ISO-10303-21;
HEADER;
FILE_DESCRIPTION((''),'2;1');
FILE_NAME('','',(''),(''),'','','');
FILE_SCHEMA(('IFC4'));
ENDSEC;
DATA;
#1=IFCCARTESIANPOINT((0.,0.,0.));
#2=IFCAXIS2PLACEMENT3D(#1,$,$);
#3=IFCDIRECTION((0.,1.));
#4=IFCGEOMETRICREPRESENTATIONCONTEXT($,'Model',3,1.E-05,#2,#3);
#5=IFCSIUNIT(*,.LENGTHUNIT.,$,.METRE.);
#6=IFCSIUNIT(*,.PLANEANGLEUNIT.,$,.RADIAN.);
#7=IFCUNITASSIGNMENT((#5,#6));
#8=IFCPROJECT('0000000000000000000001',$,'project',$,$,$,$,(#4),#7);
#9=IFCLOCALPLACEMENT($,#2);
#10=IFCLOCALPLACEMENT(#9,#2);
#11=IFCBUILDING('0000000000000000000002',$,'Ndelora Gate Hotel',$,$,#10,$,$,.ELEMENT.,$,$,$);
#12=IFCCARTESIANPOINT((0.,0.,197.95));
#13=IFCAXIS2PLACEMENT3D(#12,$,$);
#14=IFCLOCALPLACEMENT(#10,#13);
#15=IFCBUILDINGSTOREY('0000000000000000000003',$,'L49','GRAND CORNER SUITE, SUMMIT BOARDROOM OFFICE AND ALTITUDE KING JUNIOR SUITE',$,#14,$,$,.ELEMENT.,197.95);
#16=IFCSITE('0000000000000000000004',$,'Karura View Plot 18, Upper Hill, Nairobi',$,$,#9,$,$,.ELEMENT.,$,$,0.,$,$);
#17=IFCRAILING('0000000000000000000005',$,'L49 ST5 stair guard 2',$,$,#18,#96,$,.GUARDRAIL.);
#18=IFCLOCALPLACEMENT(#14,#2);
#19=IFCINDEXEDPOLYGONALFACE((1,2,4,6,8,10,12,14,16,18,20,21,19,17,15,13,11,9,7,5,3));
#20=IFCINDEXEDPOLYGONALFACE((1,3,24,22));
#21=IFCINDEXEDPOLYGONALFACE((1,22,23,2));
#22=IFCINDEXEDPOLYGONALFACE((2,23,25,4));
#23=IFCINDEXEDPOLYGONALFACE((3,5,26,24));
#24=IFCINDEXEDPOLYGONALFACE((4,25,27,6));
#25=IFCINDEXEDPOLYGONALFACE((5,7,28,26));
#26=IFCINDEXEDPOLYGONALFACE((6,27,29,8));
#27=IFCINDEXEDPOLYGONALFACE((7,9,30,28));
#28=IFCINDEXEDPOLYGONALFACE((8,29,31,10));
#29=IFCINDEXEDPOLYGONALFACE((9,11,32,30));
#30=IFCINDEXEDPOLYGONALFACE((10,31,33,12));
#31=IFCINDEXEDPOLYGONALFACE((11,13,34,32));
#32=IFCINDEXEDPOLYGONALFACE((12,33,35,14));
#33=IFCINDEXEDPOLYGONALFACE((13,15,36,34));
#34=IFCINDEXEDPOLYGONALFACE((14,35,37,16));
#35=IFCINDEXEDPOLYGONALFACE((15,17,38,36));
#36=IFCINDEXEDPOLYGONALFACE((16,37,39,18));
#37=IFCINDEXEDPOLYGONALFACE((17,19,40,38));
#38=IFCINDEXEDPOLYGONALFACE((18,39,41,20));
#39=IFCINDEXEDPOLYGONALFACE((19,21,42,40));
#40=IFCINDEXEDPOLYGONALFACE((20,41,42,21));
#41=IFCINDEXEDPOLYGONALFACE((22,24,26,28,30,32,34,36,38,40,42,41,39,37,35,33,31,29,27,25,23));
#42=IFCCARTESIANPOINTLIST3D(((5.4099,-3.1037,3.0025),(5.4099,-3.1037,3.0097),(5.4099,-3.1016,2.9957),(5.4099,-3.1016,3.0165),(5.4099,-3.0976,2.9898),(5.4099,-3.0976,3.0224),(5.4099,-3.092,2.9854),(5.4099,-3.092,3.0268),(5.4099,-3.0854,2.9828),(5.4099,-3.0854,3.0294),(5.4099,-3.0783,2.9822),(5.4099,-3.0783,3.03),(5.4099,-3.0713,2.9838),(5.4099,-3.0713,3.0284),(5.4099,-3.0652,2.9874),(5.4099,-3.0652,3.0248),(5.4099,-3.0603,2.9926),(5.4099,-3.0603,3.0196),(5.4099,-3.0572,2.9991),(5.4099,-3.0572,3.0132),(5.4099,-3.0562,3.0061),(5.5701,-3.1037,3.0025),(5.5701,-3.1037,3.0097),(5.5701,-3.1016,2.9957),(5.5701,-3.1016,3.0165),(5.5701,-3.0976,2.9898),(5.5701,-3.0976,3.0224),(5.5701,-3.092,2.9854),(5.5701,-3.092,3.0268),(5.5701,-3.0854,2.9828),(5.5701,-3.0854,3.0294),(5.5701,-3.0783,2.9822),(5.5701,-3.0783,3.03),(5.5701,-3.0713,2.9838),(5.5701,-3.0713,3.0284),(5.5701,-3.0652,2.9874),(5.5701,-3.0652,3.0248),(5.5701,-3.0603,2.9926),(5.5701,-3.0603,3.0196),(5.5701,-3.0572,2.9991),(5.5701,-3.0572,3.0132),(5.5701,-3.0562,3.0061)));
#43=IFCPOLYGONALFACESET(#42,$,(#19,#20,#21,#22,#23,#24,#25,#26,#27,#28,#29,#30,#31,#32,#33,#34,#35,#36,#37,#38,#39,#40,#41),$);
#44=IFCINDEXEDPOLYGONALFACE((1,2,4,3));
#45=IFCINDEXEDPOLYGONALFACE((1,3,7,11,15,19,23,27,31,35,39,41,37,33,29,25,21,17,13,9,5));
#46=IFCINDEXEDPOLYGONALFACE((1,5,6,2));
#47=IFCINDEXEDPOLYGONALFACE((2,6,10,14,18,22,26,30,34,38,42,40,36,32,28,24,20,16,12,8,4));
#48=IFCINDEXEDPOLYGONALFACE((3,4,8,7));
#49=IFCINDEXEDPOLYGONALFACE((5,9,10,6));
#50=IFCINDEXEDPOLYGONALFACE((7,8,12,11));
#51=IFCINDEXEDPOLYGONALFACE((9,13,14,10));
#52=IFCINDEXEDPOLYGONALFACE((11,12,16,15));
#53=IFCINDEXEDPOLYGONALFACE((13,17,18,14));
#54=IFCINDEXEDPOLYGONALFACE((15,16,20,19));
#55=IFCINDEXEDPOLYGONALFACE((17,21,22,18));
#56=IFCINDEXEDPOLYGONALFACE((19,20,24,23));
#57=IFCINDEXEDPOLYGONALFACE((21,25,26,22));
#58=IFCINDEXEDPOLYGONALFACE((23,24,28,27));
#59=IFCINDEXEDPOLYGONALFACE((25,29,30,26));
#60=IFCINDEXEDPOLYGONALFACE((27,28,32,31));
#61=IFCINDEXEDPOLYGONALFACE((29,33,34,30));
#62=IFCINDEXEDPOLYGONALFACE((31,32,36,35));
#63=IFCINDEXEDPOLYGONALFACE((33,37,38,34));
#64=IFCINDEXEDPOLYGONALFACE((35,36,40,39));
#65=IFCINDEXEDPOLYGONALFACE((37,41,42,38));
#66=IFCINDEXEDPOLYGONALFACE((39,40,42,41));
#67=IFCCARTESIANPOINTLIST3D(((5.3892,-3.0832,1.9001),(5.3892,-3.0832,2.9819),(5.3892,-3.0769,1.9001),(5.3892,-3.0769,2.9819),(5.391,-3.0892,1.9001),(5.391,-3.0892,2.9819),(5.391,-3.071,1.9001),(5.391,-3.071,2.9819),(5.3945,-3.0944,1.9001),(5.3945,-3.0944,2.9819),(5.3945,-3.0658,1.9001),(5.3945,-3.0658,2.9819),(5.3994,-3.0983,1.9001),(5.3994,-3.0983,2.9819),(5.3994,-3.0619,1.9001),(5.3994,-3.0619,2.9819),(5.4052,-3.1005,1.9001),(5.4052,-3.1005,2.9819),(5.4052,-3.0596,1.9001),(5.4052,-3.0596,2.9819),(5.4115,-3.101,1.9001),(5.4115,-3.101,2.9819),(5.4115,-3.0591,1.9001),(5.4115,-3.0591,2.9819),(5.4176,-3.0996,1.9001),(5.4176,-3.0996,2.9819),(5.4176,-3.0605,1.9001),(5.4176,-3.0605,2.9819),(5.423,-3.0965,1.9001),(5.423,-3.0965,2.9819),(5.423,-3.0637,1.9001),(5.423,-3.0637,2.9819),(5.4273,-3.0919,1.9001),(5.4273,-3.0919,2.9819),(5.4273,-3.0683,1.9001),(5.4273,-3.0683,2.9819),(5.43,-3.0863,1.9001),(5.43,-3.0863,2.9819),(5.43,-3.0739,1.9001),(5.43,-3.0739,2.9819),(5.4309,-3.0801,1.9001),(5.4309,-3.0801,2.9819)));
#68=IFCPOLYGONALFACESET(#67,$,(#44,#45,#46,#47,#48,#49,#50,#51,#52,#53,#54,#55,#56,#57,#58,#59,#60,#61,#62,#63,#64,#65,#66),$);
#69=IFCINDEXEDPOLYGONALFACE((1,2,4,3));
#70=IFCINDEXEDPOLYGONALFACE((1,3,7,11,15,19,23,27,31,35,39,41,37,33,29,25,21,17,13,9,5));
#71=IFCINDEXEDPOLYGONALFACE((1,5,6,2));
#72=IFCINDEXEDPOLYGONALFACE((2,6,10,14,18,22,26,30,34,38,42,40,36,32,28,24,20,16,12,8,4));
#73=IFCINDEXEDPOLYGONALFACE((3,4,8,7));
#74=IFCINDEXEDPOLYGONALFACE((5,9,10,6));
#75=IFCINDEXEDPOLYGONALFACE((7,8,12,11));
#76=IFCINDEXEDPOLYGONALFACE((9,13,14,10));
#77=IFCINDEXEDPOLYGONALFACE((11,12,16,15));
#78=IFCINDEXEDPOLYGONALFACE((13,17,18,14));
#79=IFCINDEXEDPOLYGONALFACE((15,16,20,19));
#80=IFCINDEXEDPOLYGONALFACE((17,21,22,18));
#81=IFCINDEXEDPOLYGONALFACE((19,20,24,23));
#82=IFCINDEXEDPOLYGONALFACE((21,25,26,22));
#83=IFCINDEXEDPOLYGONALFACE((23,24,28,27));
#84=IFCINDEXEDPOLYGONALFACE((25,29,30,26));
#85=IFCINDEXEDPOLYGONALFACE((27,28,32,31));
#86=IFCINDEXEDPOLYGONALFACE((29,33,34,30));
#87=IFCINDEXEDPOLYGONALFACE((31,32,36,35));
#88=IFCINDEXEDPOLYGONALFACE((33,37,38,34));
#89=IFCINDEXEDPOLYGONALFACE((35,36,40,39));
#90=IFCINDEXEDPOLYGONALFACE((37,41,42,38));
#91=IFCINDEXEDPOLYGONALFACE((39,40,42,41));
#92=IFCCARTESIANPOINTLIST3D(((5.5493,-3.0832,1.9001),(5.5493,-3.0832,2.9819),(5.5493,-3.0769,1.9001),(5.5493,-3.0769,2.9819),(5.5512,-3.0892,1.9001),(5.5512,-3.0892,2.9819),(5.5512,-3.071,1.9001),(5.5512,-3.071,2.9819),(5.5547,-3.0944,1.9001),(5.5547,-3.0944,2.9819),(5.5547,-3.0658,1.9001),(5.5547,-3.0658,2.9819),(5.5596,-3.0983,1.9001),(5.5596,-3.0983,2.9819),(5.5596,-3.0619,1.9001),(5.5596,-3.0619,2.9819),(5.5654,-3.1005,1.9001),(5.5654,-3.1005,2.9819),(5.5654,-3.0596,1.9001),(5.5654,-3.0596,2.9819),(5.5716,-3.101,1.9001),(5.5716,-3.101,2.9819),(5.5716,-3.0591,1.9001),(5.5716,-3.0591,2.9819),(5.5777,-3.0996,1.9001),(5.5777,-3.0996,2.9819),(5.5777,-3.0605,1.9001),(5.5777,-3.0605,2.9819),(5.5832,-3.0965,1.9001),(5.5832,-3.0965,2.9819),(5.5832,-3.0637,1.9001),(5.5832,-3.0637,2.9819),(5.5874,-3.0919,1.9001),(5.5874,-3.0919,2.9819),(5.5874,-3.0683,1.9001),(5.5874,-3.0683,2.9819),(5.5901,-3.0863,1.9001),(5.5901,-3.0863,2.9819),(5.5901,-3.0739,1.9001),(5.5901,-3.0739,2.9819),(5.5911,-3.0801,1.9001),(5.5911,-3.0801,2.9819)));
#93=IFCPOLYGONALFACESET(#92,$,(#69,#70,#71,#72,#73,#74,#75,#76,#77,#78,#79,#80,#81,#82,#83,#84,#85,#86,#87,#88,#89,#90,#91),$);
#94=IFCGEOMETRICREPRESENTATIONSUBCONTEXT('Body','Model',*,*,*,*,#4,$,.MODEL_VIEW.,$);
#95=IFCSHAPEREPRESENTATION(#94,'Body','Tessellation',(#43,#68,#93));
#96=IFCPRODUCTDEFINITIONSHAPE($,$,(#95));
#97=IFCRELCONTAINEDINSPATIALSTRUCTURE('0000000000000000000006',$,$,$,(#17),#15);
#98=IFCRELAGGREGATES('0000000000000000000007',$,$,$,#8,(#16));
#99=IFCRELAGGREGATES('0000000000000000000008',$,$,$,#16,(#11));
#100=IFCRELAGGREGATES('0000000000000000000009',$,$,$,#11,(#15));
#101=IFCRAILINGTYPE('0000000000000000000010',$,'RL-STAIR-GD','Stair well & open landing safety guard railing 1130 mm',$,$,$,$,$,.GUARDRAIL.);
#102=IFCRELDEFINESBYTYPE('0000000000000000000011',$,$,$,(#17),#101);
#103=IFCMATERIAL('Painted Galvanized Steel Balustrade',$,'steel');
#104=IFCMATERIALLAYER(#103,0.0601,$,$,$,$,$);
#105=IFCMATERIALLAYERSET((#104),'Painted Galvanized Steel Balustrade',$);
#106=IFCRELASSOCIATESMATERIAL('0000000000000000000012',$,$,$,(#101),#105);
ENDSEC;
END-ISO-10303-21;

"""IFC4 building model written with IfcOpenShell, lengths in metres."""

from ifc_helpers import new_model, si_unit, direction, frame, origin, origin_2d, place, context, subcontext, project, spatial, circle, extrude, material, layer, layer_set, type_object, element, save


model = new_model("IFC4")

# Units and contexts
model_context = context("Model", 3, precision=1e-05, world=origin(), true_north=direction((0.0, 1.0)))
body_context = subcontext(model_context, "Body", "Model", "MODEL_VIEW")
ifc_project = project(units=[si_unit("LENGTHUNIT", "METRE"), si_unit("PLANEANGLEUNIT", "RADIAN")], contexts=[model_context])

# Site, building, storey
site_placement = place(None, origin())
site = spatial("IfcSite", under=ifc_project, at=site_placement, Name="Karura View Plot 18, Upper Hill, Nairobi", CompositionType="ELEMENT", RefElevation=0.0)
building_placement = place(site_placement, origin())
building = spatial("IfcBuilding", under=site, at=building_placement, Name="Ndelora Gate Hotel", CompositionType="ELEMENT")
storey_placement = place(building_placement, frame((0.0, 0.0, 197.95)))
storey = spatial("IfcBuildingStorey", under=building, at=storey_placement, Name="L49", Description="GRAND CORNER SUITE, SUMMIT BOARDROOM OFFICE AND ALTITUDE KING JUNIOR SUITE", CompositionType="ELEMENT", Elevation=197.95)

# Railing
ifc_material_1 = material(Name="Painted Galvanized Steel Balustrade", Category="steel")
ifc_layer_1 = layer(ifc_material_1, 0.0601)
ifc_layer_set_1 = layer_set([ifc_layer_1], Name="Painted Galvanized Steel Balustrade")
railing_type_1 = type_object("IfcRailingType", Name="RL-STAIR-GD", Description="Stair well & open landing safety guard railing 1130 mm", PredefinedType="GUARDRAIL", material=ifc_layer_set_1)
railing_1_placement = place(storey_placement, frame((5.4099, -3.0801, 1.9001)))
element("IfcRailing", 1, at=railing_1_placement, inside=storey, type_object=railing_type_1, Name="L49 ST5 stair guard 2", PredefinedType="GUARDRAIL", context=body_context, shape_type="SweptSolid", body=[
    extrude(circle(Radius=0.0239, at=origin_2d()), frame((0.0, 0.0, 1.106), z_axis=(1.0, 0.0, 0.0), x_axis=(0.0, 1.0, 0.0)), (0.0, 0.0, 1.0), 0.1602),
    extrude(circle(Radius=0.021, at=origin_2d()), origin(), (0.0, 0.0, 1.0), 1.0818),
    extrude(circle(Radius=0.021, at=origin_2d()), frame((0.1602, 0.0, 0.0)), (0.0, 0.0, 1.0), 1.0818),
])

save(model, "model.ifc")
